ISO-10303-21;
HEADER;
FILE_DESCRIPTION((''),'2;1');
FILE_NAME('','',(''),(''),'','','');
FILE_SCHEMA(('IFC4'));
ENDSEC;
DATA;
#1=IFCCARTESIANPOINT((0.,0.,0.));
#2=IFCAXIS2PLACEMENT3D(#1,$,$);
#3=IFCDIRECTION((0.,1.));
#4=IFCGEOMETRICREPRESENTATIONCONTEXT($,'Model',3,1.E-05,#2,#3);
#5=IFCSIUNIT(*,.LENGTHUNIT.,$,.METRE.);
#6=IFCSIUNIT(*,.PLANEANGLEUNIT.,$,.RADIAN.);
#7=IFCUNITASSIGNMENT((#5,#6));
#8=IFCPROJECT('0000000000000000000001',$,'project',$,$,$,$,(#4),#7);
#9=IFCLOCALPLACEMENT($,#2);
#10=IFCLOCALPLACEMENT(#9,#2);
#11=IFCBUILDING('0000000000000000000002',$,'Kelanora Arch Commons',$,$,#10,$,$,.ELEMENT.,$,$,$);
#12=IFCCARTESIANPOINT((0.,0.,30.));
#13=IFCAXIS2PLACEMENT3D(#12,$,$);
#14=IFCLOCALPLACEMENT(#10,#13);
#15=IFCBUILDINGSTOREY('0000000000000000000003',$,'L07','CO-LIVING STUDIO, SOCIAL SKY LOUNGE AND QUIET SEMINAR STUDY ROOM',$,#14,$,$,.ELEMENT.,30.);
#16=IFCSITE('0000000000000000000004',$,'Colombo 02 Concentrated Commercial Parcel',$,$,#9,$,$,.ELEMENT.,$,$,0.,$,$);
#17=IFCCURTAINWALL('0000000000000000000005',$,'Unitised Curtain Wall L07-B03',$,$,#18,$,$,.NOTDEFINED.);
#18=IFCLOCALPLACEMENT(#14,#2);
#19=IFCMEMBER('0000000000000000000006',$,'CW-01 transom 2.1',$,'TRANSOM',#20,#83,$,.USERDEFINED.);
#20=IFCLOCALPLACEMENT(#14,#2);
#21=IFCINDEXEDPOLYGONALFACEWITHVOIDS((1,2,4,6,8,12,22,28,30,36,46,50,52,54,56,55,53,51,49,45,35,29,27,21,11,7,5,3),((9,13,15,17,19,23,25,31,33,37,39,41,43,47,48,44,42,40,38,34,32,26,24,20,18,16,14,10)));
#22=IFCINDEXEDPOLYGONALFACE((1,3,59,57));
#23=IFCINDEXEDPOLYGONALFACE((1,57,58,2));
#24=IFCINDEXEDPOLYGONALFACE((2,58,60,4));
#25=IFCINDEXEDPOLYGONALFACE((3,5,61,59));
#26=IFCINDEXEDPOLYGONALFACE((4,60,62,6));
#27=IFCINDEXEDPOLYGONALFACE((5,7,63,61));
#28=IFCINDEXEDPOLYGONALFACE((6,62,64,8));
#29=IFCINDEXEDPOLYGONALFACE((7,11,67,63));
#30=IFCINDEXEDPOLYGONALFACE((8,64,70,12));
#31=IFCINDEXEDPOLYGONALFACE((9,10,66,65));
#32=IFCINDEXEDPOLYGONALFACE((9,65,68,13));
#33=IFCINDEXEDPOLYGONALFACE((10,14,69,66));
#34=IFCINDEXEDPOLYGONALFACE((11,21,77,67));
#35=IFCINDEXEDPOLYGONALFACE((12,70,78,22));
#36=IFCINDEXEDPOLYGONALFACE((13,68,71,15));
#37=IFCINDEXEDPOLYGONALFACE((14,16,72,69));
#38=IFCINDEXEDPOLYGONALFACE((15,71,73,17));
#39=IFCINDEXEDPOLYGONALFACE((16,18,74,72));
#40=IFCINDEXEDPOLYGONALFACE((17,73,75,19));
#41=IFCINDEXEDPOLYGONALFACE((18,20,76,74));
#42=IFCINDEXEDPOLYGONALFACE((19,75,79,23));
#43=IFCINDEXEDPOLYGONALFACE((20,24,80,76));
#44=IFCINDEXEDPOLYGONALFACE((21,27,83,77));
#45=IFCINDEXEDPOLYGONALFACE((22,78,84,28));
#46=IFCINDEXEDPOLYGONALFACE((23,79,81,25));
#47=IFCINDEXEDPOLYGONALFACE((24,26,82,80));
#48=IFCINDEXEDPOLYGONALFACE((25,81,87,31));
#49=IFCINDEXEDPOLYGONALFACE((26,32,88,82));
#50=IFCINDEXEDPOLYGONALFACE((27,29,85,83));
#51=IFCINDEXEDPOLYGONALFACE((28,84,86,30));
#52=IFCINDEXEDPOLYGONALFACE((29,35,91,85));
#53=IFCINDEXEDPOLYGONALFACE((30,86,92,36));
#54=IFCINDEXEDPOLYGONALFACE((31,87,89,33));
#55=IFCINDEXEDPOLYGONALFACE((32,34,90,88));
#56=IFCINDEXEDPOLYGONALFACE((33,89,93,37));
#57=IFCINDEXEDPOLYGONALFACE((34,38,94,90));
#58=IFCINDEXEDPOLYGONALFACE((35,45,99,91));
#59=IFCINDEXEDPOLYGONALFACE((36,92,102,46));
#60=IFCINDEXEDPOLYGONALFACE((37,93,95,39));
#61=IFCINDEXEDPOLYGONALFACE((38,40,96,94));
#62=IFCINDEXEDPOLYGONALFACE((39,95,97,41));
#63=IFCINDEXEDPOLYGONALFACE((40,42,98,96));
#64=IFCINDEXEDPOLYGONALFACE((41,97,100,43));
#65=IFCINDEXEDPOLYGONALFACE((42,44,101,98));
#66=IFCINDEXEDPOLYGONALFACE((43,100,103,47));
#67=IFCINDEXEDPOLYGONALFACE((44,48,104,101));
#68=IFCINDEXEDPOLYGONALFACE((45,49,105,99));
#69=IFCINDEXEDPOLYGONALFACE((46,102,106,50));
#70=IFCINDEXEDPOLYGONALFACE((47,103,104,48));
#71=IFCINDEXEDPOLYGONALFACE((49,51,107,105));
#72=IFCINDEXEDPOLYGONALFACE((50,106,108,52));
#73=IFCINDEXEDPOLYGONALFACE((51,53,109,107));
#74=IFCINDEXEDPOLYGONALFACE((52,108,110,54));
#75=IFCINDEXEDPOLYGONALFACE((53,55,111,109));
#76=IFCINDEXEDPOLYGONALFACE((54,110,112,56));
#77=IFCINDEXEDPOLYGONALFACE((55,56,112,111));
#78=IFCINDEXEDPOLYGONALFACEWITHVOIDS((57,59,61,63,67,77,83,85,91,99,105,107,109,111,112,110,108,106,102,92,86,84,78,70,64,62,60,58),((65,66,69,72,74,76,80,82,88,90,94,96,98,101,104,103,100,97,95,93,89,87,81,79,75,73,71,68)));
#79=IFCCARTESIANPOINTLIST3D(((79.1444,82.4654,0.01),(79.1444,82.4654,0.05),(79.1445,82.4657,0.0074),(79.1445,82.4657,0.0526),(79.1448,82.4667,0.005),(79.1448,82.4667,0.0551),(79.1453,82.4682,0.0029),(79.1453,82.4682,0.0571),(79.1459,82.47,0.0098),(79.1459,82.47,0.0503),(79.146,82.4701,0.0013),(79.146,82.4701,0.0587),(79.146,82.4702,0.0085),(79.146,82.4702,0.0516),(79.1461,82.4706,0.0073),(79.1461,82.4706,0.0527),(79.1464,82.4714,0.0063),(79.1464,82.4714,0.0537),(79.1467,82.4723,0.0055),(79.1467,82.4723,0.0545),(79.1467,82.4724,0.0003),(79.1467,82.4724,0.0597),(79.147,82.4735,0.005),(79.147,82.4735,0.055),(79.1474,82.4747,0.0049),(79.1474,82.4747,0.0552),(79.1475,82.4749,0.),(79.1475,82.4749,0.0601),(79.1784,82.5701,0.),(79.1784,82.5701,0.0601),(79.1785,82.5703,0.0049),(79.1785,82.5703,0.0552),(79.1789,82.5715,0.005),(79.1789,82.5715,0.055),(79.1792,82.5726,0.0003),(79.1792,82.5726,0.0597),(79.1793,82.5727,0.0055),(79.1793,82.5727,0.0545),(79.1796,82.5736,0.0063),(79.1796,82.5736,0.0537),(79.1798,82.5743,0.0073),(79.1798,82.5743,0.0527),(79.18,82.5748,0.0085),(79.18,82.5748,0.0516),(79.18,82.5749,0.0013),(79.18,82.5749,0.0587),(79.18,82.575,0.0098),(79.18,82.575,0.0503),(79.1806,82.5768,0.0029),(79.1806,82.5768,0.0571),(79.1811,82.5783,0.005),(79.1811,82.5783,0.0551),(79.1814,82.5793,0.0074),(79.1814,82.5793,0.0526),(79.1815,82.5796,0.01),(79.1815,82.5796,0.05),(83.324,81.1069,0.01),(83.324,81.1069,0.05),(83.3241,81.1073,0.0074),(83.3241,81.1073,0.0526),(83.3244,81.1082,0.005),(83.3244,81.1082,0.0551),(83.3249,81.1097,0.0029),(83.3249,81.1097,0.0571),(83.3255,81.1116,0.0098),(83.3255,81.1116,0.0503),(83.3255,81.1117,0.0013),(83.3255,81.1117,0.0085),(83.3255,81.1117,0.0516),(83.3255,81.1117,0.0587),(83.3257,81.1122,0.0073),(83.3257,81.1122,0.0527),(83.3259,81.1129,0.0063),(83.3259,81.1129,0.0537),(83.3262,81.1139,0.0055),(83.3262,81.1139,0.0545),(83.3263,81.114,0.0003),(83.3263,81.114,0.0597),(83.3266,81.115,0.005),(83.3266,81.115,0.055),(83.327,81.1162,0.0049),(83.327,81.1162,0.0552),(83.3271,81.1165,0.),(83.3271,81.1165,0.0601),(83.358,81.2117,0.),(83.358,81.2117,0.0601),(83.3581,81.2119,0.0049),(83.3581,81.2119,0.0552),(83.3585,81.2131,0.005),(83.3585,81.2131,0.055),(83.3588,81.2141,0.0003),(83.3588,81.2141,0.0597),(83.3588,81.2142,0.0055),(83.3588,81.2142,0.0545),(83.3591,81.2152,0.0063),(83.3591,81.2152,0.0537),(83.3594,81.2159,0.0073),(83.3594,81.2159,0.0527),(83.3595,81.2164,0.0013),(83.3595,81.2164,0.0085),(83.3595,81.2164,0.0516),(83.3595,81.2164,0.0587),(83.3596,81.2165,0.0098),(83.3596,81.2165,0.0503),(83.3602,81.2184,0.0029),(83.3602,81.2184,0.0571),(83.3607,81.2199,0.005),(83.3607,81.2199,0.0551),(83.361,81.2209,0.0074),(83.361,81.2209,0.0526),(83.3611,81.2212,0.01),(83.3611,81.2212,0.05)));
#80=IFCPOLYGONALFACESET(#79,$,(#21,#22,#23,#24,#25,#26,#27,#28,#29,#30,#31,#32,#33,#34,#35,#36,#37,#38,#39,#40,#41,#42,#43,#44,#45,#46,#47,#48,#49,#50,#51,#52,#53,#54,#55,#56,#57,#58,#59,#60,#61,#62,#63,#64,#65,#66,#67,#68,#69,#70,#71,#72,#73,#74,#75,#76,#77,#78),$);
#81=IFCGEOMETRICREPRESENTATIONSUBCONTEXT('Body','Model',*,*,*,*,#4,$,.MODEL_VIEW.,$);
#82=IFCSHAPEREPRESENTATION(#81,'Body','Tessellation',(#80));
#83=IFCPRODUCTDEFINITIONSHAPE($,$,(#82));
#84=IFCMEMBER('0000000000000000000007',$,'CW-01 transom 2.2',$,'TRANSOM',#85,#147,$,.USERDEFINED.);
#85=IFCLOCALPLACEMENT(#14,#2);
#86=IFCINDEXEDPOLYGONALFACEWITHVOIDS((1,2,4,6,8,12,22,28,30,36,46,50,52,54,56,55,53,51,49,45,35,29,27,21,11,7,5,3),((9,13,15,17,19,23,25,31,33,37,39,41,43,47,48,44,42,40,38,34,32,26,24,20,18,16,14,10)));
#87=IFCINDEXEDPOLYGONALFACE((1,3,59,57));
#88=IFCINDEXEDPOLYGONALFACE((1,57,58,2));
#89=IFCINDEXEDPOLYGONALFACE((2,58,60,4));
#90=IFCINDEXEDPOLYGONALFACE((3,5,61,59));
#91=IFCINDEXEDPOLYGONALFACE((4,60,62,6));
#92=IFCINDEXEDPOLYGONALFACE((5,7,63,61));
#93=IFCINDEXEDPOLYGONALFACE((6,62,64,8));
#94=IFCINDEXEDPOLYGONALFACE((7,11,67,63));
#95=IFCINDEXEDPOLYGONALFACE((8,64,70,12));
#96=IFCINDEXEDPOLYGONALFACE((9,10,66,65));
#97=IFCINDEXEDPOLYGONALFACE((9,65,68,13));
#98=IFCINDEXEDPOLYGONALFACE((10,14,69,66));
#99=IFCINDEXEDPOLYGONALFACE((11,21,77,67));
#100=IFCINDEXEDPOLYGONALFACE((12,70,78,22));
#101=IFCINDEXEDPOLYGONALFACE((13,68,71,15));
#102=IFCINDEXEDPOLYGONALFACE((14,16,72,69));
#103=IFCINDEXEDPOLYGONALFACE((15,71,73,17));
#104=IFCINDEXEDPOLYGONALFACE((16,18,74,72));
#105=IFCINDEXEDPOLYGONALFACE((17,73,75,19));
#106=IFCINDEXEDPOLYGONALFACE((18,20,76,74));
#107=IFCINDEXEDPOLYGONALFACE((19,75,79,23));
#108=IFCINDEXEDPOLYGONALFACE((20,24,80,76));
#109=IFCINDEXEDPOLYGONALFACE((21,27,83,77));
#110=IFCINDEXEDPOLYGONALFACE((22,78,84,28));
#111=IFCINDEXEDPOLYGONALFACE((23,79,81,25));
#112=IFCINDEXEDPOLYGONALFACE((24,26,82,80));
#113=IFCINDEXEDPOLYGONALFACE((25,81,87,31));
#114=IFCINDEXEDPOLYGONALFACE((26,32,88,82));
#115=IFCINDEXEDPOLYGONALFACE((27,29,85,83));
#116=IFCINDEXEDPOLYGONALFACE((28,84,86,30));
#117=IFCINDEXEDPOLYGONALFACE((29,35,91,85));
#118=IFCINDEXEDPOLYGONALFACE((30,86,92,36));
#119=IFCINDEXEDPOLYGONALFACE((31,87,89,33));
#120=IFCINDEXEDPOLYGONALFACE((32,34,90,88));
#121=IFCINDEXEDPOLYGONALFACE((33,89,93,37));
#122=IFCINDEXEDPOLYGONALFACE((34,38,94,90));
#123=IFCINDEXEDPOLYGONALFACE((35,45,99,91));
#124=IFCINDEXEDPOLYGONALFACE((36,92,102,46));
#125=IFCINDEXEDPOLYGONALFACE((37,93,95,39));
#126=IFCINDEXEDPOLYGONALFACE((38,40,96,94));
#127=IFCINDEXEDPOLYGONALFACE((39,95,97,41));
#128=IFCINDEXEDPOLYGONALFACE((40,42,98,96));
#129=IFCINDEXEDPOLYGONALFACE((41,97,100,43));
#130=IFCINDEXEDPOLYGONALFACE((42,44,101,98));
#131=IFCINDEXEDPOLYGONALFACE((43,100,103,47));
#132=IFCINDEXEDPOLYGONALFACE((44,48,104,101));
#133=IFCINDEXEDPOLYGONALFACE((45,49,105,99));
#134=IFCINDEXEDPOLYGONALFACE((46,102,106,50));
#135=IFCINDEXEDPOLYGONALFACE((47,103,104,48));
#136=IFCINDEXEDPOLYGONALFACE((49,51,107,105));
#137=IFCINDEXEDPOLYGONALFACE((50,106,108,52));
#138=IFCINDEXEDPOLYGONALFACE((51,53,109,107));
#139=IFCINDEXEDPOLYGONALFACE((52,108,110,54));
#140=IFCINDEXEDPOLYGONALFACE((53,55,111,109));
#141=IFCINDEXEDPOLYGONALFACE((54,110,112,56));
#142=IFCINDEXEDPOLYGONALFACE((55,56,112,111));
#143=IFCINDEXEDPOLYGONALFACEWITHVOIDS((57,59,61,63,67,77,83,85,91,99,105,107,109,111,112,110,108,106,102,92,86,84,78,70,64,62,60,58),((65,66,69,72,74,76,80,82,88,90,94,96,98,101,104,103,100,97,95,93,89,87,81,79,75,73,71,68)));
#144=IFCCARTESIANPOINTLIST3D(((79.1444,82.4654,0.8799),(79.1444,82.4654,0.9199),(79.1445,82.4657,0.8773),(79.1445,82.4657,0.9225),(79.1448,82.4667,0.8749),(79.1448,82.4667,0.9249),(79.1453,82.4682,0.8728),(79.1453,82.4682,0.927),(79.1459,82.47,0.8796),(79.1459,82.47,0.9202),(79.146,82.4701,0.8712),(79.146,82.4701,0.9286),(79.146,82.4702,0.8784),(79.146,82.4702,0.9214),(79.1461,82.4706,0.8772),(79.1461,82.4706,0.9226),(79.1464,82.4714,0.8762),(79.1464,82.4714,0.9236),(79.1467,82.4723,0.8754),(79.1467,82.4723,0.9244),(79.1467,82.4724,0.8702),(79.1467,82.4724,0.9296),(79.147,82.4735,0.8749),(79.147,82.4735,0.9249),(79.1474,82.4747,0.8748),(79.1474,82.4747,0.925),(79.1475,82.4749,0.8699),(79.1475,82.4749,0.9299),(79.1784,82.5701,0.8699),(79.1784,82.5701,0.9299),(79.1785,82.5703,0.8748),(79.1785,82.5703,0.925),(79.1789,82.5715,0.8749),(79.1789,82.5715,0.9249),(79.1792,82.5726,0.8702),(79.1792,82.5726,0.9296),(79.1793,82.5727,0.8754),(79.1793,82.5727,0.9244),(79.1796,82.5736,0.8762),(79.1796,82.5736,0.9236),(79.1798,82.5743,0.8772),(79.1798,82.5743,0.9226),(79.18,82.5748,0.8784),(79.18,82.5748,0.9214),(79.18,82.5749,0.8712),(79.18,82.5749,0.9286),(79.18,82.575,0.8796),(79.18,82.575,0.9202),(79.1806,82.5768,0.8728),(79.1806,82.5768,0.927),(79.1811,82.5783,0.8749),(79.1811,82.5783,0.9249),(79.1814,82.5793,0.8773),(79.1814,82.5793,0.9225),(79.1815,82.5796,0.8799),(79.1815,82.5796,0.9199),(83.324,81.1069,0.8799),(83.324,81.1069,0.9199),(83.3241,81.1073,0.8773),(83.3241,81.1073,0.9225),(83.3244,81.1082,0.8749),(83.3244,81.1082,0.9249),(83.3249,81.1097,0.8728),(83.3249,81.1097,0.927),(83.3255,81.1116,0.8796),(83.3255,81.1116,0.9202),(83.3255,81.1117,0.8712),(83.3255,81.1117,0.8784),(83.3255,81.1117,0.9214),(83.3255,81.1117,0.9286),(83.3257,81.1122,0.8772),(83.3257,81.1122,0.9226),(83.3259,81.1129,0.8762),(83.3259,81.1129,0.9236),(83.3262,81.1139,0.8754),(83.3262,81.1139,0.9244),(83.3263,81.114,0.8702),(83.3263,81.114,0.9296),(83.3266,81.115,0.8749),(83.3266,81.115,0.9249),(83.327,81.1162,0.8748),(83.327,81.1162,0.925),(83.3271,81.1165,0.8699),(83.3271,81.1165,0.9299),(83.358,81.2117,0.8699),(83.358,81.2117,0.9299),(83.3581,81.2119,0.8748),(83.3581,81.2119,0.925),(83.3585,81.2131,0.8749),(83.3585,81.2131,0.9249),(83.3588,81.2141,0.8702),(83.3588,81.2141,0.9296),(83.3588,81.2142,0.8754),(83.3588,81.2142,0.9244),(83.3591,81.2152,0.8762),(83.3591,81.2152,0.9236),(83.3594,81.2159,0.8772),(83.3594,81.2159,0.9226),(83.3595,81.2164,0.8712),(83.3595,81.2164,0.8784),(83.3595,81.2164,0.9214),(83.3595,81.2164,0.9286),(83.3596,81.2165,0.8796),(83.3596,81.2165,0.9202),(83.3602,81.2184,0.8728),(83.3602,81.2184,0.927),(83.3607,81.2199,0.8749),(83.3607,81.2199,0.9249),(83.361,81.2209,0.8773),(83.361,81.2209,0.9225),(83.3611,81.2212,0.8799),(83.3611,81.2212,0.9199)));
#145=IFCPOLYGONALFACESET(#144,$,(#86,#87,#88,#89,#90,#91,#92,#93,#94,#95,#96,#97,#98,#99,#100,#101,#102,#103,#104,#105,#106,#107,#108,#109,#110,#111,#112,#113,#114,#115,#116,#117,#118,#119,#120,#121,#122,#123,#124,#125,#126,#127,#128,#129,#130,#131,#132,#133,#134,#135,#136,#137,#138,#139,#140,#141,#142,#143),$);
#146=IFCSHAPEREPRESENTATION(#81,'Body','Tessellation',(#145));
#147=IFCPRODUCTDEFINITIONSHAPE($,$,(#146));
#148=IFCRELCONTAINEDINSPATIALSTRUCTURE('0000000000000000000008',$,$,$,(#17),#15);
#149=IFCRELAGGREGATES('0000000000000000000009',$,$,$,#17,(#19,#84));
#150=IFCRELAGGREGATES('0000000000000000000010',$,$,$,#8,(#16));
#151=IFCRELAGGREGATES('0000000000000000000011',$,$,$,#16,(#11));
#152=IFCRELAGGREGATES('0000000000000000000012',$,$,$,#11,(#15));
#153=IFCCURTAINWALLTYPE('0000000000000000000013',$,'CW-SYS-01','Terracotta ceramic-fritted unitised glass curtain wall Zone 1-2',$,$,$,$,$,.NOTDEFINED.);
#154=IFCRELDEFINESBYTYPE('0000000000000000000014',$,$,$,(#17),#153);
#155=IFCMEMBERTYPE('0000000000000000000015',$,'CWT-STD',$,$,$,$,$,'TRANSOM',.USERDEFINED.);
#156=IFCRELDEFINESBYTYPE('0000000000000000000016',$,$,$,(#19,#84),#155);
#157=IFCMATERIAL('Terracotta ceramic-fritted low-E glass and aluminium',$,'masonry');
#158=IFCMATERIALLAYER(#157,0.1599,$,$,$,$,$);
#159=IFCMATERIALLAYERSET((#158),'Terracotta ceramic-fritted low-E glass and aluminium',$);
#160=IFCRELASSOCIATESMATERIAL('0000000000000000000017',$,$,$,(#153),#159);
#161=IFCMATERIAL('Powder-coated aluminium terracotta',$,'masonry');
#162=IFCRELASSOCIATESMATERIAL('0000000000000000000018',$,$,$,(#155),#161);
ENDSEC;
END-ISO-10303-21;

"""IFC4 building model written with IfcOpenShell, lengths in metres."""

from ifc_helpers import new_model, si_unit, direction, frame, origin, origin_2d, place, context, subcontext, project, spatial, hollow_rectangle, extrude, material, layer, layer_set, material_profile, profile_set, type_object, element, aggregate, save


model = new_model("IFC4")

# Units and contexts
model_context = context("Model", 3, precision=1e-05, world=origin(), true_north=direction((0.0, 1.0)))
body_context = subcontext(model_context, "Body", "Model", "MODEL_VIEW")
ifc_project = project(units=[si_unit("LENGTHUNIT", "METRE"), si_unit("PLANEANGLEUNIT", "RADIAN")], contexts=[model_context])

# Site, building, storey
site_placement = place(None, origin())
site = spatial("IfcSite", under=ifc_project, at=site_placement, Name="Colombo 02 Concentrated Commercial Parcel", CompositionType="ELEMENT", RefElevation=0.0)
building_placement = place(site_placement, origin())
building = spatial("IfcBuilding", under=site, at=building_placement, Name="Kelanora Arch Commons", CompositionType="ELEMENT")
storey_placement = place(building_placement, frame((0.0, 0.0, 30.0)))
storey = spatial("IfcBuildingStorey", under=building, at=storey_placement, Name="L07", Description="CO-LIVING STUDIO, SOCIAL SKY LOUNGE AND QUIET SEMINAR STUDY ROOM", CompositionType="ELEMENT", Elevation=30.0)

# Curtain wall, members
ifc_material_1 = material(Name="Terracotta ceramic-fritted low-E glass and aluminium", Category="masonry")
ifc_layer_1 = layer(ifc_material_1, 0.1599)
ifc_layer_set_1 = layer_set([ifc_layer_1], Name="Terracotta ceramic-fritted low-E glass and aluminium")
curtain_wall_type = type_object("IfcCurtainWallType", Name="CW-SYS-01", Description="Terracotta ceramic-fritted unitised glass curtain wall Zone 1-2", PredefinedType="NOTDEFINED", material=ifc_layer_set_1)
curtain_wall_placement = place(storey_placement, origin())
curtain_wall = element("IfcCurtainWall", 1, at=curtain_wall_placement, inside=storey, type_object=curtain_wall_type, Name="Unitised Curtain Wall L07-B03", PredefinedType="NOTDEFINED")
ifc_material_2 = material(Name="Powder-coated aluminium terracotta", Category="masonry")
ifc_material_profile_1 = material_profile(ifc_material_2, hollow_rectangle(XDim=0.1201, YDim=0.0601, WallThickness=0.0049, InnerFilletRadius=0.0049, OuterFilletRadius=0.01, at=origin_2d()), Name="CWT120x60")
ifc_profile_set_1 = profile_set([ifc_material_profile_1], Name="Powder-coated aluminium terracotta")
member_type_1 = type_object("IfcMemberType", Name="CWT-STD", ElementType="TRANSOM", PredefinedType="USERDEFINED", material=ifc_profile_set_1)
member_1_placement = place(storey_placement, frame((83.3425, 81.1641, 0.03), z_axis=(-0.951029, 0.309102, 0.0), x_axis=(-0.309102, -0.951029, 0.0)))
member_1 = element("IfcMember", 2, at=member_1_placement, type_object=member_type_1, Name="CW-01 transom 2.1", ObjectType="TRANSOM", PredefinedType="USERDEFINED", context=body_context, shape_type="SweptSolid", body=[
    extrude(hollow_rectangle(XDim=0.1201, YDim=0.0601, WallThickness=0.0049, InnerFilletRadius=0.0049, OuterFilletRadius=0.01, at=origin_2d()), origin(), (0.0, 0.0, 1.0), 4.3948),
])
member_2_placement = place(storey_placement, frame((83.3425, 81.1641, 0.8999), z_axis=(-0.951029, 0.309102, 0.0), x_axis=(-0.309102, -0.951029, 0.0)))
member_2 = element("IfcMember", 3, at=member_2_placement, type_object=member_type_1, Name="CW-01 transom 2.2", ObjectType="TRANSOM", PredefinedType="USERDEFINED", context=body_context, shape_type="SweptSolid", body=[
    extrude(hollow_rectangle(XDim=0.1201, YDim=0.0601, WallThickness=0.0049, InnerFilletRadius=0.0049, OuterFilletRadius=0.01, at=origin_2d()), origin(), (0.0, 0.0, 1.0), 4.3948),
])
aggregate(curtain_wall, [member_1, member_2])

save(model, "model.ifc")
